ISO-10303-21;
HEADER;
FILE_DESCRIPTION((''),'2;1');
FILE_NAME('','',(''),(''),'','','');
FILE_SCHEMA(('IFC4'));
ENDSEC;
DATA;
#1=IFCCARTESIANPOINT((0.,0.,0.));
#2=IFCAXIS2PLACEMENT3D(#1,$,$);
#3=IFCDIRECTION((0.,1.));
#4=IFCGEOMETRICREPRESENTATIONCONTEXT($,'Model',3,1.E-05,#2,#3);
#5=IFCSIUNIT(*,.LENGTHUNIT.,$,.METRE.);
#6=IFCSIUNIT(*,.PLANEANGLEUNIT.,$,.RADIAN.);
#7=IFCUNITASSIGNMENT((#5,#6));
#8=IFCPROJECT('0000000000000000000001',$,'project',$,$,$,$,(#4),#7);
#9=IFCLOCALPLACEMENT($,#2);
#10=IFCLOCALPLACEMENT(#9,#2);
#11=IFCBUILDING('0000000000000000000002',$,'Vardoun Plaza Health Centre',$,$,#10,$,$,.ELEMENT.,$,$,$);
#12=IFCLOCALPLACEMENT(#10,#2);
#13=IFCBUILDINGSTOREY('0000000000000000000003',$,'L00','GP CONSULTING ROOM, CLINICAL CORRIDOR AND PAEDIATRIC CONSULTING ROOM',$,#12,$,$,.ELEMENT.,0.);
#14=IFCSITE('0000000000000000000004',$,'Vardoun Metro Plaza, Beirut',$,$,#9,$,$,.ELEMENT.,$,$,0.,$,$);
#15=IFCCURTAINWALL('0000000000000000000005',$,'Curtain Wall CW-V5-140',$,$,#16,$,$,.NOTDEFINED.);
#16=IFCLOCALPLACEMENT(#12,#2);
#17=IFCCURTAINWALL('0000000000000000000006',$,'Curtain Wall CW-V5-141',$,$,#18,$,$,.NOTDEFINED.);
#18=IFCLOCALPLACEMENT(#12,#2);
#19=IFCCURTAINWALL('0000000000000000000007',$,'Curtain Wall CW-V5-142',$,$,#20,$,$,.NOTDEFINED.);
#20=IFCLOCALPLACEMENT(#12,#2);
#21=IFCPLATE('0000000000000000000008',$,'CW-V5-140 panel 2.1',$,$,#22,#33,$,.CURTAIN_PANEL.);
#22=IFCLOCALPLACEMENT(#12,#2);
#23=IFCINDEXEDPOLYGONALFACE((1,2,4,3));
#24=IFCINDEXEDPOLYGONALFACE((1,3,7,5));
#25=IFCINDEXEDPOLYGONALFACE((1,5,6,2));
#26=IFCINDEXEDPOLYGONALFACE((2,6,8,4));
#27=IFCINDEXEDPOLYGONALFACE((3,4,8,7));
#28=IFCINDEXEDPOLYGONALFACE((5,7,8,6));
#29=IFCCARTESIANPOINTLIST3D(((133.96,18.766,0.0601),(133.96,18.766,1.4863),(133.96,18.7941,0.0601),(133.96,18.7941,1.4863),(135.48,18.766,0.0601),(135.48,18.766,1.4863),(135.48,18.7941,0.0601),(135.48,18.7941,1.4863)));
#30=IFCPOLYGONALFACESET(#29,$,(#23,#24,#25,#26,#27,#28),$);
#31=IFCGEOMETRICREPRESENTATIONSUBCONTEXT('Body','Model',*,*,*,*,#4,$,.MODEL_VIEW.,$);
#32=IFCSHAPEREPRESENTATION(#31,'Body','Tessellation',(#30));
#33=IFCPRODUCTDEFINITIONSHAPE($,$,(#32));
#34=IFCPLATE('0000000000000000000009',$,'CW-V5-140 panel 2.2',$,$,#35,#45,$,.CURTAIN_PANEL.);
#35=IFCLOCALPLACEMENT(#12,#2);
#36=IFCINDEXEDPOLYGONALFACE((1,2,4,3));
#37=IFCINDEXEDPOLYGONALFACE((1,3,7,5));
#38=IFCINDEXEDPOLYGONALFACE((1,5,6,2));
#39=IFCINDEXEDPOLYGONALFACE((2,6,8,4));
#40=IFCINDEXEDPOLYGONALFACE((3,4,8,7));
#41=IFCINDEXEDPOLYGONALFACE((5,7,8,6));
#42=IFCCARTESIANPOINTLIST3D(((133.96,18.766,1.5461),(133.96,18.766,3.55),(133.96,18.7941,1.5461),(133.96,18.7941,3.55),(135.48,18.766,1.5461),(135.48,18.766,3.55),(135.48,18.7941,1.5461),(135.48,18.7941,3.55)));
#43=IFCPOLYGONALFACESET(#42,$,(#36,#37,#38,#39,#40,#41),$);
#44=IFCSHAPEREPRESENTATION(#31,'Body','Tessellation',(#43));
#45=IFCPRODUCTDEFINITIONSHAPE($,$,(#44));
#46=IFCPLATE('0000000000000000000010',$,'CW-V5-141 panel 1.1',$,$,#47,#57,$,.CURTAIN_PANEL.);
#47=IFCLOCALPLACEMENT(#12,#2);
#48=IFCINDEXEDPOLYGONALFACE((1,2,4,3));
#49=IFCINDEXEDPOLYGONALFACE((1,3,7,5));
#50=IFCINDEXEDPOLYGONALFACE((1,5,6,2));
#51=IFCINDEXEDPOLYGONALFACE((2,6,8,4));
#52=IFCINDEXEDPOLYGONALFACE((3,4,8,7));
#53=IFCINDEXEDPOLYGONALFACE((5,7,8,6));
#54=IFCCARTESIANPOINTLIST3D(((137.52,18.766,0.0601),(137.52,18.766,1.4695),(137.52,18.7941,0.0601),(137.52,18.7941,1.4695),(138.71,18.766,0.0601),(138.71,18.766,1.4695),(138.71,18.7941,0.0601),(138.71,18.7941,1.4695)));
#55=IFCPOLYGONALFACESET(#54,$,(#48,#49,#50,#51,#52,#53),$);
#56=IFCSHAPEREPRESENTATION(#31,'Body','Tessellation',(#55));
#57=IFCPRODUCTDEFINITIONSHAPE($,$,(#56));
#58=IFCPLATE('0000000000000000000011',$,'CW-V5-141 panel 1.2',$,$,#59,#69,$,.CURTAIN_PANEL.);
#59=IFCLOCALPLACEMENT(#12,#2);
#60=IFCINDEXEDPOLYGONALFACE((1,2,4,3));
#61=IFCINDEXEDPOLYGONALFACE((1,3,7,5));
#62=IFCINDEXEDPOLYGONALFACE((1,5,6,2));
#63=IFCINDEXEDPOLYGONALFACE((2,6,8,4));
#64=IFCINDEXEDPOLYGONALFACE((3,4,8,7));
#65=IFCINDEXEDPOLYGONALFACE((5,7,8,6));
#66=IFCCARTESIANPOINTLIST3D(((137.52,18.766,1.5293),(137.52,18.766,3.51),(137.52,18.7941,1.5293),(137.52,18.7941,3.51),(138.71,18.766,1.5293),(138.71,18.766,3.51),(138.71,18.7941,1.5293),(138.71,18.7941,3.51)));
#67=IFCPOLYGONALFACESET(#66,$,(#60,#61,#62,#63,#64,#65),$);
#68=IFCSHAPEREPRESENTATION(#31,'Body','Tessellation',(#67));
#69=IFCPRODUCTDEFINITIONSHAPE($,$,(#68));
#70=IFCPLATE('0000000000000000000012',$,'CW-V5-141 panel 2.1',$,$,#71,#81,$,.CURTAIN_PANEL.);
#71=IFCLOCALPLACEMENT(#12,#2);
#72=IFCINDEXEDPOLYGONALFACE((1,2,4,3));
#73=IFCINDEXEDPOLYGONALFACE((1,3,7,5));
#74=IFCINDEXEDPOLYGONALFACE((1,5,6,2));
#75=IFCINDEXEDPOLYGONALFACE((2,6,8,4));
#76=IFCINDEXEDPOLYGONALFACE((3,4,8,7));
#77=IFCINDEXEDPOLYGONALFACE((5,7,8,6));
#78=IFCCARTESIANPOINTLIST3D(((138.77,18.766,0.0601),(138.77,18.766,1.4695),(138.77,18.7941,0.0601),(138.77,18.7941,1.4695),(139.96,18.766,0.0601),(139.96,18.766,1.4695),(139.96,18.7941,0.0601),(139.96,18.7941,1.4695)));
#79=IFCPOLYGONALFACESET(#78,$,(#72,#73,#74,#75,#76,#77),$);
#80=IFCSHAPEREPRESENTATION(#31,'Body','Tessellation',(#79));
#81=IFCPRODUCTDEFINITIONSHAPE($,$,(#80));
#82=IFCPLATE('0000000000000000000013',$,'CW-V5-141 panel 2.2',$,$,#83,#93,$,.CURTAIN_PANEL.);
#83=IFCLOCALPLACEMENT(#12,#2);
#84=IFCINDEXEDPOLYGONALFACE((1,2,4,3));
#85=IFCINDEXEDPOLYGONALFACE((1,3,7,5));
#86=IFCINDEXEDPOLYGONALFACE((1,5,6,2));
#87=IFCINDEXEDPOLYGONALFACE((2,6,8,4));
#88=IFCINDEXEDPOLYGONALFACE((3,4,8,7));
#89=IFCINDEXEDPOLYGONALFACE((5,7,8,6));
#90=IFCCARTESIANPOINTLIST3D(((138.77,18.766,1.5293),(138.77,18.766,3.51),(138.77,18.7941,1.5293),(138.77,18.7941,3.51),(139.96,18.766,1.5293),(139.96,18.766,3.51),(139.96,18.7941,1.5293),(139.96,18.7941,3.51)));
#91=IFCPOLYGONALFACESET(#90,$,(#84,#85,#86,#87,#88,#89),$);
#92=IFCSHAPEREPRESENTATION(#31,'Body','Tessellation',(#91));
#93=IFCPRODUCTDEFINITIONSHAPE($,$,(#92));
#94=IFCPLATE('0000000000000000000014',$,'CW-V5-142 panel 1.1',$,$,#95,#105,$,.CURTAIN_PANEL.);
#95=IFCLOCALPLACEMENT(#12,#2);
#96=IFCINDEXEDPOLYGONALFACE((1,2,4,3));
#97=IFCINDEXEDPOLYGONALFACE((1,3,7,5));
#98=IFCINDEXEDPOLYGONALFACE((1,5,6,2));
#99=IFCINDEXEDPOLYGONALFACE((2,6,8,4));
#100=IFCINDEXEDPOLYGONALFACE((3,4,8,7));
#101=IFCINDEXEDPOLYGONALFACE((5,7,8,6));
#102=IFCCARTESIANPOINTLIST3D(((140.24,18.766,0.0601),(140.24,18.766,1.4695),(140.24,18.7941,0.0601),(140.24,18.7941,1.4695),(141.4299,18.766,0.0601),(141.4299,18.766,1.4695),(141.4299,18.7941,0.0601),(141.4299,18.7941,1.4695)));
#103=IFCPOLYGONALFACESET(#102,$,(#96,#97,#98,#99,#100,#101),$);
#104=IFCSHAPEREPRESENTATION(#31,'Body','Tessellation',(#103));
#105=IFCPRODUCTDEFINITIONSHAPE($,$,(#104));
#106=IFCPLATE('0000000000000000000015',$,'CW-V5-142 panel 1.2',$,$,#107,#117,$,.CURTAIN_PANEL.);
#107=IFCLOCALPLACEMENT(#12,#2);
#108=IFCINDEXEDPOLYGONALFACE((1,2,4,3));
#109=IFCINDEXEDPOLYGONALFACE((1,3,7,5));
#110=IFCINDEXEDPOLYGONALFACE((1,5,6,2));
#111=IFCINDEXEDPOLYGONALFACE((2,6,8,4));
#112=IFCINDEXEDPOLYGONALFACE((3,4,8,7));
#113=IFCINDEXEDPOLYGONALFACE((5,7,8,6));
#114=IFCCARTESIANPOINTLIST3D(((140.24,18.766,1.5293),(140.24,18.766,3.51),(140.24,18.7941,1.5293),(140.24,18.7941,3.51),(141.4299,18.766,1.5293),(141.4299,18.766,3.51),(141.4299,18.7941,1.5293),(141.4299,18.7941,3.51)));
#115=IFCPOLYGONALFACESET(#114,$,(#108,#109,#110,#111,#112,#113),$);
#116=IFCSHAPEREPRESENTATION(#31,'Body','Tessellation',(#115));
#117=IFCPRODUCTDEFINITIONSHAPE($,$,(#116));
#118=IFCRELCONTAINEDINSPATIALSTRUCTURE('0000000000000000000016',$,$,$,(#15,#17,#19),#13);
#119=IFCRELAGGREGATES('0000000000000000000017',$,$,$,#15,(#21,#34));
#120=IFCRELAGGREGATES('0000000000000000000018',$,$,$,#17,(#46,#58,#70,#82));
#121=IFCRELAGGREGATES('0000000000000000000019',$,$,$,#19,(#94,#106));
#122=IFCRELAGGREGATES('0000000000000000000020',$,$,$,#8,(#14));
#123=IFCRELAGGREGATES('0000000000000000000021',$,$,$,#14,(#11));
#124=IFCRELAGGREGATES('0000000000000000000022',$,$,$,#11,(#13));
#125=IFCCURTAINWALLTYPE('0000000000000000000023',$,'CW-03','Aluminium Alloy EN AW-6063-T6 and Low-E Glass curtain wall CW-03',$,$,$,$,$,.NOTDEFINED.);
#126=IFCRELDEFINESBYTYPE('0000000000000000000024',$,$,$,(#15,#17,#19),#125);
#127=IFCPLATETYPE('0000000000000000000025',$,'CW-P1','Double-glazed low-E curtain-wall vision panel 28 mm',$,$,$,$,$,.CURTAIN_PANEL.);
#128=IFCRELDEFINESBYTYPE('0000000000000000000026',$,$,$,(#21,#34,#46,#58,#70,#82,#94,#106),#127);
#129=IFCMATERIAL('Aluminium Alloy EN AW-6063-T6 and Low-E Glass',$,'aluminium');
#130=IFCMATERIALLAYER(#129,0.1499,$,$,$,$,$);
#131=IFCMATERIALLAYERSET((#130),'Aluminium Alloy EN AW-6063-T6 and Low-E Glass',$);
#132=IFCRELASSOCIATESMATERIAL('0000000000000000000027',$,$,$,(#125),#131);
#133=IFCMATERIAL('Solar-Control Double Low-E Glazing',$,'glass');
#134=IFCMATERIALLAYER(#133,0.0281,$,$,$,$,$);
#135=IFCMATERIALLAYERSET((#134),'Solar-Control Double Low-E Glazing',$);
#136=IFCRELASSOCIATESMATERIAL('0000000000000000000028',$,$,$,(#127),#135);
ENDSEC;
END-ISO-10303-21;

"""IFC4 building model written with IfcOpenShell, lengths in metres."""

from ifc_helpers import new_model, si_unit, direction, frame, origin, origin_2d, place, context, subcontext, project, spatial, rectangle, extrude, material, layer, layer_set, type_object, element, aggregate, save


model = new_model("IFC4")

# Units and contexts
model_context = context("Model", 3, precision=1e-05, world=origin(), true_north=direction((0.0, 1.0)))
body_context = subcontext(model_context, "Body", "Model", "MODEL_VIEW")
ifc_project = project(units=[si_unit("LENGTHUNIT", "METRE"), si_unit("PLANEANGLEUNIT", "RADIAN")], contexts=[model_context])

# Site, building, storey
site_placement = place(None, origin())
site = spatial("IfcSite", under=ifc_project, at=site_placement, Name="Vardoun Metro Plaza, Beirut", CompositionType="ELEMENT", RefElevation=0.0)
building_placement = place(site_placement, origin())
building = spatial("IfcBuilding", under=site, at=building_placement, Name="Vardoun Plaza Health Centre", CompositionType="ELEMENT")
storey_placement = place(building_placement, origin())
storey = spatial("IfcBuildingStorey", under=building, at=storey_placement, Name="L00", Description="GP CONSULTING ROOM, CLINICAL CORRIDOR AND PAEDIATRIC CONSULTING ROOM", CompositionType="ELEMENT", Elevation=0.0)

# Shared definitions
ifc_material_1 = material(Name="Aluminium Alloy EN AW-6063-T6 and Low-E Glass", Category="aluminium")
ifc_layer_1 = layer(ifc_material_1, 0.1499)
ifc_layer_set_1 = layer_set([ifc_layer_1], Name="Aluminium Alloy EN AW-6063-T6 and Low-E Glass")
curtain_wall_type = type_object("IfcCurtainWallType", Name="CW-03", Description="Aluminium Alloy EN AW-6063-T6 and Low-E Glass curtain wall CW-03", PredefinedType="NOTDEFINED", material=ifc_layer_set_1)

# Curtain walls
curtain_wall_1_placement = place(storey_placement, origin())
curtain_wall_1 = element("IfcCurtainWall", 1, at=curtain_wall_1_placement, inside=storey, type_object=curtain_wall_type, Name="Curtain Wall CW-V5-140", PredefinedType="NOTDEFINED")
curtain_wall_2_placement = place(storey_placement, origin())
curtain_wall_2 = element("IfcCurtainWall", 2, at=curtain_wall_2_placement, inside=storey, type_object=curtain_wall_type, Name="Curtain Wall CW-V5-141", PredefinedType="NOTDEFINED")
curtain_wall_3_placement = place(storey_placement, origin())
curtain_wall_3 = element("IfcCurtainWall", 3, at=curtain_wall_3_placement, inside=storey, type_object=curtain_wall_type, Name="Curtain Wall CW-V5-142", PredefinedType="NOTDEFINED")

# Plates
ifc_material_2 = material(Name="Solar-Control Double Low-E Glazing", Category="glass")
ifc_layer_2 = layer(ifc_material_2, 0.0281)
ifc_layer_set_2 = layer_set([ifc_layer_2], Name="Solar-Control Double Low-E Glazing")
plate_type = type_object("IfcPlateType", Name="CW-P1", Description="Double-glazed low-E curtain-wall vision panel 28 mm", PredefinedType="CURTAIN_PANEL", material=ifc_layer_set_2)
plate_1_placement = place(storey_placement, frame((134.72, 18.78, 0.0601), z_axis=(0.0, 0.0, 1.0), x_axis=(1.0, 0.0, 0.0)))
plate_1 = element("IfcPlate", 4, at=plate_1_placement, type_object=plate_type, Name="CW-V5-140 panel 2.1", PredefinedType="CURTAIN_PANEL", context=body_context, shape_type="SweptSolid", body=[
    extrude(rectangle(XDim=1.52, YDim=0.0281, at=origin_2d()), origin(), (0.0, 0.0, 1.0), 1.4263),
])
plate_2_placement = place(storey_placement, frame((134.72, 18.78, 1.5461), z_axis=(0.0, 0.0, 1.0), x_axis=(1.0, 0.0, 0.0)))
plate_2 = element("IfcPlate", 5, at=plate_2_placement, type_object=plate_type, Name="CW-V5-140 panel 2.2", PredefinedType="CURTAIN_PANEL", context=body_context, shape_type="SweptSolid", body=[
    extrude(rectangle(XDim=1.52, YDim=0.0281, at=origin_2d()), origin(), (0.0, 0.0, 1.0), 2.0039),
])
aggregate(curtain_wall_1, [plate_1, plate_2])
plate_3_placement = place(storey_placement, frame((138.115, 18.78, 0.0601), z_axis=(0.0, 0.0, 1.0), x_axis=(1.0, 0.0, 0.0)))
plate_3 = element("IfcPlate", 6, at=plate_3_placement, type_object=plate_type, Name="CW-V5-141 panel 1.1", PredefinedType="CURTAIN_PANEL", context=body_context, shape_type="SweptSolid", body=[
    extrude(rectangle(XDim=1.1899, YDim=0.0281, at=origin_2d()), origin(), (0.0, 0.0, 1.0), 1.4094),
])
plate_4_placement = place(storey_placement, frame((138.115, 18.78, 1.5293), z_axis=(0.0, 0.0, 1.0), x_axis=(1.0, 0.0, 0.0)))
plate_4 = element("IfcPlate", 7, at=plate_4_placement, type_object=plate_type, Name="CW-V5-141 panel 1.2", PredefinedType="CURTAIN_PANEL", context=body_context, shape_type="SweptSolid", body=[
    extrude(rectangle(XDim=1.1899, YDim=0.0281, at=origin_2d()), origin(), (0.0, 0.0, 1.0), 1.9807),
])
plate_5_placement = place(storey_placement, frame((139.365, 18.78, 0.0601), z_axis=(0.0, 0.0, 1.0), x_axis=(1.0, 0.0, 0.0)))
plate_5 = element("IfcPlate", 8, at=plate_5_placement, type_object=plate_type, Name="CW-V5-141 panel 2.1", PredefinedType="CURTAIN_PANEL", context=body_context, shape_type="SweptSolid", body=[
    extrude(rectangle(XDim=1.1899, YDim=0.0281, at=origin_2d()), origin(), (0.0, 0.0, 1.0), 1.4094),
])
plate_6_placement = place(storey_placement, frame((139.365, 18.78, 1.5293), z_axis=(0.0, 0.0, 1.0), x_axis=(1.0, 0.0, 0.0)))
plate_6 = element("IfcPlate", 9, at=plate_6_placement, type_object=plate_type, Name="CW-V5-141 panel 2.2", PredefinedType="CURTAIN_PANEL", context=body_context, shape_type="SweptSolid", body=[
    extrude(rectangle(XDim=1.1899, YDim=0.0281, at=origin_2d()), origin(), (0.0, 0.0, 1.0), 1.9807),
])
aggregate(curtain_wall_2, [plate_3, plate_4, plate_5, plate_6])
plate_7_placement = place(storey_placement, frame((140.835, 18.78, 0.0601), z_axis=(0.0, 0.0, 1.0), x_axis=(1.0, 0.0, 0.0)))
plate_7 = element("IfcPlate", 10, at=plate_7_placement, type_object=plate_type, Name="CW-V5-142 panel 1.1", PredefinedType="CURTAIN_PANEL", context=body_context, shape_type="SweptSolid", body=[
    extrude(rectangle(XDim=1.1899, YDim=0.0281, at=origin_2d()), origin(), (0.0, 0.0, 1.0), 1.4094),
])
plate_8_placement = place(storey_placement, frame((140.835, 18.78, 1.5293), z_axis=(0.0, 0.0, 1.0), x_axis=(1.0, 0.0, 0.0)))
plate_8 = element("IfcPlate", 11, at=plate_8_placement, type_object=plate_type, Name="CW-V5-142 panel 1.2", PredefinedType="CURTAIN_PANEL", context=body_context, shape_type="SweptSolid", body=[
    extrude(rectangle(XDim=1.1899, YDim=0.0281, at=origin_2d()), origin(), (0.0, 0.0, 1.0), 1.9807),
])
aggregate(curtain_wall_3, [plate_7, plate_8])

save(model, "model.ifc")
